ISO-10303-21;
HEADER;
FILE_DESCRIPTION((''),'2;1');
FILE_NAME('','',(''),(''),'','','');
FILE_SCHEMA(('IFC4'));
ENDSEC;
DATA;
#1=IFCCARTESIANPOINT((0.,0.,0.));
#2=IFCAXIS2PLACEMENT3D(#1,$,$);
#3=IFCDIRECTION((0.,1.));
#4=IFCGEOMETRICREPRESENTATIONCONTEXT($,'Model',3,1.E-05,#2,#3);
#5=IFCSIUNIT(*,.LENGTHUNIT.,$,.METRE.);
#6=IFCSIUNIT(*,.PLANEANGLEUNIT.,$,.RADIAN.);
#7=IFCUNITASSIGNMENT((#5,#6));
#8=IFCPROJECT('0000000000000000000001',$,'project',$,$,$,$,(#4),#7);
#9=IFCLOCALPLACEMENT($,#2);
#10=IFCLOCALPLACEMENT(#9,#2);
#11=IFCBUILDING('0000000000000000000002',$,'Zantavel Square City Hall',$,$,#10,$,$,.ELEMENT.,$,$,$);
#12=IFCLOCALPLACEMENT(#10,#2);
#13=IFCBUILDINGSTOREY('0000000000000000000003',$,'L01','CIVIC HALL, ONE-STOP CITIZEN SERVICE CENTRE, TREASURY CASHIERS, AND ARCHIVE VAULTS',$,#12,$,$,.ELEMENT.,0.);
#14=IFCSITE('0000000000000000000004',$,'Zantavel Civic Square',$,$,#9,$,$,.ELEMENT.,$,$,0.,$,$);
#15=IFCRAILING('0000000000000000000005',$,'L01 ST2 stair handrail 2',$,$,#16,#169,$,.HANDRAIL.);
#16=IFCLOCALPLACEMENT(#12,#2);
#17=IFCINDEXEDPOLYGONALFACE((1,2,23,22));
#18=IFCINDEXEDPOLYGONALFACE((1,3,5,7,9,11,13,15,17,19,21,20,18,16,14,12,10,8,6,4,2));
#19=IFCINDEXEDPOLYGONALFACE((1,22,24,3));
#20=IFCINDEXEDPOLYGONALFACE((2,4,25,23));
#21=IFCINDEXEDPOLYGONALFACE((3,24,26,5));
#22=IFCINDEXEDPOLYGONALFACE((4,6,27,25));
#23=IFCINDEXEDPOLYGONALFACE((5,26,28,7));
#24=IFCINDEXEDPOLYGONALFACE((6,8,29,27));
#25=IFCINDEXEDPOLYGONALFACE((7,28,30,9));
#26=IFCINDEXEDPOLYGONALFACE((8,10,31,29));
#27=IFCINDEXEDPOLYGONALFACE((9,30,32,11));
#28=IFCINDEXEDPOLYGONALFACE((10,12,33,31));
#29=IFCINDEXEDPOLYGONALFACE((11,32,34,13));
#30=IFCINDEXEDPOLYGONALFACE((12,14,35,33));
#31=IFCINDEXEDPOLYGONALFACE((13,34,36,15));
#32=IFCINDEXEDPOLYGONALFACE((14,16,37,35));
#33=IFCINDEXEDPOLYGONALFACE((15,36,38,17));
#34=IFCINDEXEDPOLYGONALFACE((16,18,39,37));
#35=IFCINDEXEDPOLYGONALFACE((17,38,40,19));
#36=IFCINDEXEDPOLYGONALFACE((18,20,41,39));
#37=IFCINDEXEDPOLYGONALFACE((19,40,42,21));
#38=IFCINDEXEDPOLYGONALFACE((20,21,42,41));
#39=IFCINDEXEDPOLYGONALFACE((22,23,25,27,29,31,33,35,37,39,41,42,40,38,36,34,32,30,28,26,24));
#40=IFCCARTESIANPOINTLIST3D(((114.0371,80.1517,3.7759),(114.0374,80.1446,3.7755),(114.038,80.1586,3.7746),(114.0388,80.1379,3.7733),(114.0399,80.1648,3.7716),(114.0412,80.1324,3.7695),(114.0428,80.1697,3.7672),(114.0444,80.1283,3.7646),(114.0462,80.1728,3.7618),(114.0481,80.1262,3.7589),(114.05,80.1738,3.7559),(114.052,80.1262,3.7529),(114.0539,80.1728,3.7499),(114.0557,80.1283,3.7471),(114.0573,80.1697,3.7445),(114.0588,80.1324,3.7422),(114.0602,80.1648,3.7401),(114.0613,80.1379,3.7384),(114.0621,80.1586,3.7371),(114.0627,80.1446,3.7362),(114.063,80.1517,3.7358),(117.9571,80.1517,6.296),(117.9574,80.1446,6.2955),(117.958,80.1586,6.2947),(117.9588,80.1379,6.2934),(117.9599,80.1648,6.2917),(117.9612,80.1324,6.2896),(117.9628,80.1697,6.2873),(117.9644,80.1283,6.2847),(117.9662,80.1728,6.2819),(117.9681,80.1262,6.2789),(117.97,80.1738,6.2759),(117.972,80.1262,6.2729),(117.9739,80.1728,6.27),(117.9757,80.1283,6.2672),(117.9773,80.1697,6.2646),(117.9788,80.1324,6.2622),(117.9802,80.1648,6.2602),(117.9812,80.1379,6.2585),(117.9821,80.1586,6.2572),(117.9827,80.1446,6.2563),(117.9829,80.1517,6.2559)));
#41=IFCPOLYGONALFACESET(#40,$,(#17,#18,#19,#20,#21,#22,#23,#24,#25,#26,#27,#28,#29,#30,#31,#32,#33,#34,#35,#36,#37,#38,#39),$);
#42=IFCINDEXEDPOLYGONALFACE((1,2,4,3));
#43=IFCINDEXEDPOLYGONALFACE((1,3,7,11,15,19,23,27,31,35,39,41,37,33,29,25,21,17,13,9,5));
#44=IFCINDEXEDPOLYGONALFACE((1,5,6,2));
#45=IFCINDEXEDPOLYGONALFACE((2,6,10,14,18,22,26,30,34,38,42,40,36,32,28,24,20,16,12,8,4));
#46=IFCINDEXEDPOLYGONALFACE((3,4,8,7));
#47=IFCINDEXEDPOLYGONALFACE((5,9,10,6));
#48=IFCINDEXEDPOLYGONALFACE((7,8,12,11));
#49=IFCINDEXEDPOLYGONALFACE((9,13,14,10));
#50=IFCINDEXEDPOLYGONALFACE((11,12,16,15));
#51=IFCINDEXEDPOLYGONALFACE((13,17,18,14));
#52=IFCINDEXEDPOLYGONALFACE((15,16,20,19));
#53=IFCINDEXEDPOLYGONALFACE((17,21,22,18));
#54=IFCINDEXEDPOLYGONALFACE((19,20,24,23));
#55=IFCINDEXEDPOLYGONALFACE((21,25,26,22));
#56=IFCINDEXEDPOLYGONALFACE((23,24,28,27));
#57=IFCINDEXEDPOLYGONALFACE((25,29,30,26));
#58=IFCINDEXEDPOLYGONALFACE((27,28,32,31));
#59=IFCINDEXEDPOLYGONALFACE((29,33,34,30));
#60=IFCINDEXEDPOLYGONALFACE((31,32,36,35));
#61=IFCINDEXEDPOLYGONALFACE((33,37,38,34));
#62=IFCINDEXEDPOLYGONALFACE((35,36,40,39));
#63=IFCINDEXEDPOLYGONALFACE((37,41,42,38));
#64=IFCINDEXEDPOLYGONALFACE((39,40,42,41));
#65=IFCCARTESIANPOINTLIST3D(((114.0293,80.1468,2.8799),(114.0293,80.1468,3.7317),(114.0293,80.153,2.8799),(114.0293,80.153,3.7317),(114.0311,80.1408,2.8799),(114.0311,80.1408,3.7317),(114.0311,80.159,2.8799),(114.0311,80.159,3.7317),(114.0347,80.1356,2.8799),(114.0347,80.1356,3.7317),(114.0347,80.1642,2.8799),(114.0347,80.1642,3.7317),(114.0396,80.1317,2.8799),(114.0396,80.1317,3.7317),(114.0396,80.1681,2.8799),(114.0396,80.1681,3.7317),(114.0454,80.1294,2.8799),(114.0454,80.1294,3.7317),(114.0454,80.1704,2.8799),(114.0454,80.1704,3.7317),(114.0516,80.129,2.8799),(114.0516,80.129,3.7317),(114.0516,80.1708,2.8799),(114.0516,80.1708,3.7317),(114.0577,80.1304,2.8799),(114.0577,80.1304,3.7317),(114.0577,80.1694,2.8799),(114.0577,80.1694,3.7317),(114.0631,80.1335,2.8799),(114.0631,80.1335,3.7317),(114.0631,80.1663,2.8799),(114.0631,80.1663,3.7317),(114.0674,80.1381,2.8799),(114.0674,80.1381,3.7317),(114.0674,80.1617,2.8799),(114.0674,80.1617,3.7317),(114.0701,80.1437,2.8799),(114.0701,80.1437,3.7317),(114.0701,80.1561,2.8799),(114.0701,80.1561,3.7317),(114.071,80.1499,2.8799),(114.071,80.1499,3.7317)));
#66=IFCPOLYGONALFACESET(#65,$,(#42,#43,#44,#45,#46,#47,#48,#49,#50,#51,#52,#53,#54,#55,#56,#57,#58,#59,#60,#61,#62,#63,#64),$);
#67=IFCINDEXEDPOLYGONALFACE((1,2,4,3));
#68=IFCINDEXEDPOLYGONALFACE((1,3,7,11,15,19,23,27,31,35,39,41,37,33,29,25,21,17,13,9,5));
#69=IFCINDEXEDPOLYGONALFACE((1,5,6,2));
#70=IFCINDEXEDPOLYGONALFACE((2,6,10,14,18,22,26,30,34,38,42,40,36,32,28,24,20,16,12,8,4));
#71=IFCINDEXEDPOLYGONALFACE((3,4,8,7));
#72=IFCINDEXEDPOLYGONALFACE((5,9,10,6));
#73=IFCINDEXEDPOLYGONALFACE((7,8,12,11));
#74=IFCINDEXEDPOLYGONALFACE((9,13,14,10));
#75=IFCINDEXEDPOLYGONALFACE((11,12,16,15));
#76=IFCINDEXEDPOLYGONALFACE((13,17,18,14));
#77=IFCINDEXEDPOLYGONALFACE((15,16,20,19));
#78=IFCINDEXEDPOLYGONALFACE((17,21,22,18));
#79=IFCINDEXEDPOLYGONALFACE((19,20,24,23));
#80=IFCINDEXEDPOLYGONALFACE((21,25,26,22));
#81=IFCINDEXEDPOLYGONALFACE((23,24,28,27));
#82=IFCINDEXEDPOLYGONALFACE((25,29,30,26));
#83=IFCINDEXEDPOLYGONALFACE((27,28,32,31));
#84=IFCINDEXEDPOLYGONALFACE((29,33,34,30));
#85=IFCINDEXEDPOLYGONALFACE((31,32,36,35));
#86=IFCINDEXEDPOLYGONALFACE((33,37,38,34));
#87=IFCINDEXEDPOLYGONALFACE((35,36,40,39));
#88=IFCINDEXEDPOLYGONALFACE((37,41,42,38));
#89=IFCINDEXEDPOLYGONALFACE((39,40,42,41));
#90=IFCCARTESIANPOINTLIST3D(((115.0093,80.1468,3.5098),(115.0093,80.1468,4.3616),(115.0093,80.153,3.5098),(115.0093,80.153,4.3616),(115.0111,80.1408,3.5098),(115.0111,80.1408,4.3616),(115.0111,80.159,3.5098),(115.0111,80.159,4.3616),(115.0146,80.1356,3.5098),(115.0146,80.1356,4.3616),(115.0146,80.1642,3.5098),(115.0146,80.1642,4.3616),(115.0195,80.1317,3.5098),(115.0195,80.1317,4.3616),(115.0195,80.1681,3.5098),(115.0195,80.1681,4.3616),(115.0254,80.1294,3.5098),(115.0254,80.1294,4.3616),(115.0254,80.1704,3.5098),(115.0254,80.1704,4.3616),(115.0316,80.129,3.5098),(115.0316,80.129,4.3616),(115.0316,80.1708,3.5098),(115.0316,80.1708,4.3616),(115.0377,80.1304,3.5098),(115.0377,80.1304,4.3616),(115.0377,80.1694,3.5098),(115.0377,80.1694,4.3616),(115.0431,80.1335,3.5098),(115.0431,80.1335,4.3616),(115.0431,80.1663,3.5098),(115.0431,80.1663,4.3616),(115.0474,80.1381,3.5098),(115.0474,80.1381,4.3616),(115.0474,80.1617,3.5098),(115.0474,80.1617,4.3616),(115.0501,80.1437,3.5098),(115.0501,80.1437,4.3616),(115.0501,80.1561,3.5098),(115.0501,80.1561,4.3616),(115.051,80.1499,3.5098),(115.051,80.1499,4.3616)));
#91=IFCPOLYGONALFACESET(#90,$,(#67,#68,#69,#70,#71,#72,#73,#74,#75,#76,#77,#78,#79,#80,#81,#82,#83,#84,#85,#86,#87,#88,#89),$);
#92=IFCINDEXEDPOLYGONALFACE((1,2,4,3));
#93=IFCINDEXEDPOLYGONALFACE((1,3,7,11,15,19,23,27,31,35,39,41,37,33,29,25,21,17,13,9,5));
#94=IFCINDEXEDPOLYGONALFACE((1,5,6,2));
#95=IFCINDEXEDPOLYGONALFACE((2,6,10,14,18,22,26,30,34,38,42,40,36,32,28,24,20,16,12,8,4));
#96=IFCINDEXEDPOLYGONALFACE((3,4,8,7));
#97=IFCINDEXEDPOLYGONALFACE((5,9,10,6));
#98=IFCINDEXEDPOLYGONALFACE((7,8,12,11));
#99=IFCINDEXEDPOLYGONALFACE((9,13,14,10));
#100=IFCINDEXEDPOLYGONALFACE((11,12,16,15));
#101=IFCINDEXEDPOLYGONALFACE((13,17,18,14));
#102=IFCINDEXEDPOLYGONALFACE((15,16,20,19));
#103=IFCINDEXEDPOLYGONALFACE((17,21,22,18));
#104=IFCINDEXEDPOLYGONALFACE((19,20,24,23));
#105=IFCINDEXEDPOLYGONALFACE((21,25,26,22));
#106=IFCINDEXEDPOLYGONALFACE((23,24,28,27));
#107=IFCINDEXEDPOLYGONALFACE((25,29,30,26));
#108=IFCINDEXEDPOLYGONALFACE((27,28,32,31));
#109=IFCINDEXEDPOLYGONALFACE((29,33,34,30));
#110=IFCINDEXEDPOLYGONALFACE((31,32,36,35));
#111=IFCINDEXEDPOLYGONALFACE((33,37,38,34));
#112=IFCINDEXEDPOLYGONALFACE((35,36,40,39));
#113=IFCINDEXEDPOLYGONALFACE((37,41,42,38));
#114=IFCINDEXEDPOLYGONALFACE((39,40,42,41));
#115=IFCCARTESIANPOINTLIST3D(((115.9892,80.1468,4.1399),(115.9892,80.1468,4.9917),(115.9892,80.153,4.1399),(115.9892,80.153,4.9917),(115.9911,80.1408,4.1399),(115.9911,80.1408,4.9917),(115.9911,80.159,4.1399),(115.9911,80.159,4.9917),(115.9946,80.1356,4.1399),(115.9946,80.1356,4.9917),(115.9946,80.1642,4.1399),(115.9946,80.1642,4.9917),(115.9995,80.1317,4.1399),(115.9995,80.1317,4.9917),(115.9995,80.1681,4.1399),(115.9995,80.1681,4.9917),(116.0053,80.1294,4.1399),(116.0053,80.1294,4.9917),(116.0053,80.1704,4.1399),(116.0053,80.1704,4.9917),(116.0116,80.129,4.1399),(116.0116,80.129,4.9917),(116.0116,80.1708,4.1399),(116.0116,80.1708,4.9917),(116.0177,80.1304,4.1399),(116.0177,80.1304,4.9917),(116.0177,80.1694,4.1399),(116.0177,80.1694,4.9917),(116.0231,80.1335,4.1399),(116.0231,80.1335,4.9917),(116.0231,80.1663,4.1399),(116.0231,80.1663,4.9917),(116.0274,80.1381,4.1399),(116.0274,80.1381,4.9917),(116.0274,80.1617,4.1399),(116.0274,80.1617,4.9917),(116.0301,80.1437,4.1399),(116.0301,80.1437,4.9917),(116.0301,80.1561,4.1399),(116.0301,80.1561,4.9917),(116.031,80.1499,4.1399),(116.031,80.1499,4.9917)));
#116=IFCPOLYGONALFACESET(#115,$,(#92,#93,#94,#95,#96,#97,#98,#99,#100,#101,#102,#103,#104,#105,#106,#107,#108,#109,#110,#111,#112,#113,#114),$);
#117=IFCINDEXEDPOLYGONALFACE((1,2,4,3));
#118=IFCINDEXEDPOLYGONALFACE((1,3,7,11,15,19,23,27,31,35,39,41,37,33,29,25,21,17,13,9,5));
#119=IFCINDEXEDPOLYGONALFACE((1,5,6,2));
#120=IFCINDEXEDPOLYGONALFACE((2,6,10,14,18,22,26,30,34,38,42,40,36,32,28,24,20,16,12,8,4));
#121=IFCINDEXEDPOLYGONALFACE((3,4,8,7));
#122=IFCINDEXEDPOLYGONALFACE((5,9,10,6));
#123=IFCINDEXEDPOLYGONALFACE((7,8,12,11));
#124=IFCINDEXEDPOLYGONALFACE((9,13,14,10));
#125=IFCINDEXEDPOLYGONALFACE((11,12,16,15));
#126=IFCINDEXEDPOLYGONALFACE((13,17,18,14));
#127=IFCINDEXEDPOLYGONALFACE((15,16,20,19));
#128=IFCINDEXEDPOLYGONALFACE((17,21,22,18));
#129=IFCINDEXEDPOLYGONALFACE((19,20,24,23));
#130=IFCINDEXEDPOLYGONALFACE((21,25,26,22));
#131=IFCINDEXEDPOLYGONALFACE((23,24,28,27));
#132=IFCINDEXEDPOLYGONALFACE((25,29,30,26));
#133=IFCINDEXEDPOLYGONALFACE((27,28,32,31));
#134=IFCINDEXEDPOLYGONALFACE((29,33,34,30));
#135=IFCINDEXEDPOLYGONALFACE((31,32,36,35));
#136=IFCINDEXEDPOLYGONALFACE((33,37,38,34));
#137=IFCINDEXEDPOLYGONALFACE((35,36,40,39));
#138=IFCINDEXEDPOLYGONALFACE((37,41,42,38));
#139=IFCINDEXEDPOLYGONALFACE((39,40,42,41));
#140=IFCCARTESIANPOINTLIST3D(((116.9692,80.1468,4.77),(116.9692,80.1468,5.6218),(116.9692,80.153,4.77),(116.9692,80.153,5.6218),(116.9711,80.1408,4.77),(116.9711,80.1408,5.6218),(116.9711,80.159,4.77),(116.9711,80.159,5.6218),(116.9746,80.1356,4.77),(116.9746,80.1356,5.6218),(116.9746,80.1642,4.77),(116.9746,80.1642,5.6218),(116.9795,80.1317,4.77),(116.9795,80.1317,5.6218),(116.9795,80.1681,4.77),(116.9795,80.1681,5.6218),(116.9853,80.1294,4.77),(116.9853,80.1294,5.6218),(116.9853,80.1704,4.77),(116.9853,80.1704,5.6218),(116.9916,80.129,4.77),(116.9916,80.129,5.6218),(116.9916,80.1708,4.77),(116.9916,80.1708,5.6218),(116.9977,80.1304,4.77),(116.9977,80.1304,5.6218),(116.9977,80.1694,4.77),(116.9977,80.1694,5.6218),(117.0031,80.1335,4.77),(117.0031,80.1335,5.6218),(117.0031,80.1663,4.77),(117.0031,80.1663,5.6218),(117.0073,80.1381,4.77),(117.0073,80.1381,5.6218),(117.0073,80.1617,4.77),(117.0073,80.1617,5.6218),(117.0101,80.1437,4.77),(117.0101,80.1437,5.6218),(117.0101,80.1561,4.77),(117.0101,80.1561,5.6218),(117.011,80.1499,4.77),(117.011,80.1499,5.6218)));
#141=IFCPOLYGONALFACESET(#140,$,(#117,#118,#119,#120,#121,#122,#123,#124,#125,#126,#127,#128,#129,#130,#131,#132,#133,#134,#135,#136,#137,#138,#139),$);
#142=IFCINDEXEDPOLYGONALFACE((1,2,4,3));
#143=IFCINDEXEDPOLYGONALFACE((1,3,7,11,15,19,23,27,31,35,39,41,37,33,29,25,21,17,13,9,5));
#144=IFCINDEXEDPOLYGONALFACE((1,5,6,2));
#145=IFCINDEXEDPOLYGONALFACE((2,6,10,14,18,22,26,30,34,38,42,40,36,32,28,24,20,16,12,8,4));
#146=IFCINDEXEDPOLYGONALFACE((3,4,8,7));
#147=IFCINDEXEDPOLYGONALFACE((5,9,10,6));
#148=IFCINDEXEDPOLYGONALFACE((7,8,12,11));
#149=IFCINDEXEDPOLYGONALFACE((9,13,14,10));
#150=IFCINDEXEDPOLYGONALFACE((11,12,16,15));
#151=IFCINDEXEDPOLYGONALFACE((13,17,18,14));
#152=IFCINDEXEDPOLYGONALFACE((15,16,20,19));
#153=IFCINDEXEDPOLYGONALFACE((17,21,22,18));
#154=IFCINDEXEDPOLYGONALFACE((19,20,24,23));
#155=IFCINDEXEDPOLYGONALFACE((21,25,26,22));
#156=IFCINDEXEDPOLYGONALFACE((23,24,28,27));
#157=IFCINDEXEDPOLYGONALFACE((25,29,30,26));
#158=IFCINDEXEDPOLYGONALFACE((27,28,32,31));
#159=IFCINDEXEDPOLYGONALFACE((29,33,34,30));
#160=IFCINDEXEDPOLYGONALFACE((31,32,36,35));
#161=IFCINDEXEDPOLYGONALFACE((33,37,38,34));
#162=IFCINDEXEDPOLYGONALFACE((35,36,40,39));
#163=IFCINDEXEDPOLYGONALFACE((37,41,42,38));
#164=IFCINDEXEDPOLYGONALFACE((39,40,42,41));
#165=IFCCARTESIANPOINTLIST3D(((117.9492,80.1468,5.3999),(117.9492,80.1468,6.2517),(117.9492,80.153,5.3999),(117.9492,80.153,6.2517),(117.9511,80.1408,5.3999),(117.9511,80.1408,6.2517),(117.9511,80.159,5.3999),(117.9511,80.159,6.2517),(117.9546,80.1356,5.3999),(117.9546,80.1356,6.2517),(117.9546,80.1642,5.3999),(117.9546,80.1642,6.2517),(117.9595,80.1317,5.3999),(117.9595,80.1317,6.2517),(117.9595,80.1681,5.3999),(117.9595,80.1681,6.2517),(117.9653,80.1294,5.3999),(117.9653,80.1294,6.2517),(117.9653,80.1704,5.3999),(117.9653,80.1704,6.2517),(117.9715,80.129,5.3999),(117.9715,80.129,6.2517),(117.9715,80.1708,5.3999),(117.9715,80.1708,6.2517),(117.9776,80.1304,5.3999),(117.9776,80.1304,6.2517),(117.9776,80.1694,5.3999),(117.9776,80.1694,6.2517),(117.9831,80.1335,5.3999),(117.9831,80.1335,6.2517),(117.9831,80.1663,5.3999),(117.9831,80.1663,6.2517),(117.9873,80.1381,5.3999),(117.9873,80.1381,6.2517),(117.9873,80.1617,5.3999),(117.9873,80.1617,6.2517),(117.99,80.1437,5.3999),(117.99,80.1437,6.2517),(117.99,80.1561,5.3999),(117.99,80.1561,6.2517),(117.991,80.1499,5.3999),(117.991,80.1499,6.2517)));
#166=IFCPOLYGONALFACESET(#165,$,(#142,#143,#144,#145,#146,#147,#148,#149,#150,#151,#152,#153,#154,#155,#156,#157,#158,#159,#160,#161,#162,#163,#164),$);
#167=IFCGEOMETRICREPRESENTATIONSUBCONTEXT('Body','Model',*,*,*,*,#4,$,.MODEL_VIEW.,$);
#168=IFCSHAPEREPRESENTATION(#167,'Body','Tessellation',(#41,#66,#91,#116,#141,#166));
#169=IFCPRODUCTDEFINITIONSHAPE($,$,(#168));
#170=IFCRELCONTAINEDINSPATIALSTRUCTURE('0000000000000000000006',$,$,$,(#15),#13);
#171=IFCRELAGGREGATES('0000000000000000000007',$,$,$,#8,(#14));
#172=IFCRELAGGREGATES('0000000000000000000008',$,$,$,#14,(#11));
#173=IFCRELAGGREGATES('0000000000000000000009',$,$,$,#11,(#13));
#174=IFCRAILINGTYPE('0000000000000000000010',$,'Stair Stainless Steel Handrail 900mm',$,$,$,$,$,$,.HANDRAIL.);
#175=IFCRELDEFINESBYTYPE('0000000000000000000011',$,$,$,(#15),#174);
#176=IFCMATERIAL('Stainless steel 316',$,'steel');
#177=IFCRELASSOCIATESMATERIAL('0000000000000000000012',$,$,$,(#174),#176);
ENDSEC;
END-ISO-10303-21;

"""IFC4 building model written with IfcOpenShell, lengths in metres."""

from ifc_helpers import new_model, si_unit, direction, frame, origin, origin_2d, place, context, subcontext, project, spatial, circle, extrude, material, type_object, element, save


model = new_model("IFC4")

# Units and contexts
model_context = context("Model", 3, precision=1e-05, world=origin(), true_north=direction((0.0, 1.0)))
body_context = subcontext(model_context, "Body", "Model", "MODEL_VIEW")
ifc_project = project(units=[si_unit("LENGTHUNIT", "METRE"), si_unit("PLANEANGLEUNIT", "RADIAN")], contexts=[model_context])

# Site, building, storey
site_placement = place(None, origin())
site = spatial("IfcSite", under=ifc_project, at=site_placement, Name="Zantavel Civic Square", CompositionType="ELEMENT", RefElevation=0.0)
building_placement = place(site_placement, origin())
building = spatial("IfcBuilding", under=site, at=building_placement, Name="Zantavel Square City Hall", CompositionType="ELEMENT")
storey_placement = place(building_placement, origin())
storey = spatial("IfcBuildingStorey", under=building, at=storey_placement, Name="L01", Description="CIVIC HALL, ONE-STOP CITIZEN SERVICE CENTRE, TREASURY CASHIERS, AND ARCHIVE VAULTS", CompositionType="ELEMENT", Elevation=0.0)

# Railing
ifc_material_1 = material(Name="Stainless steel 316", Category="steel")
railing_type_1 = type_object("IfcRailingType", Name="Stair Stainless Steel Handrail 900mm", PredefinedType="HANDRAIL", material=ifc_material_1)
railing_1_placement = place(storey_placement, frame((114.05, 80.1499, 2.8799)))
element("IfcRailing", 1, at=railing_1_placement, inside=storey, type_object=railing_type_1, Name="L01 ST2 stair handrail 2", PredefinedType="HANDRAIL", context=body_context, shape_type="SweptSolid", body=[
    extrude(circle(Radius=0.0239, at=origin_2d()), frame((0.0, 0.0, 0.876), z_axis=(0.841172, 0.0, 0.540768), x_axis=(0.0, 1.0, 0.0)), (0.0, 0.0, 1.0), 4.6602),
    extrude(circle(Radius=0.021, at=origin_2d()), origin(), (0.0, 0.0, 1.0), 0.8518),
    extrude(circle(Radius=0.021, at=origin_2d()), frame((0.98, 0.0, 0.6299)), (0.0, 0.0, 1.0), 0.8518),
    extrude(circle(Radius=0.021, at=origin_2d()), frame((1.96, 0.0, 1.26)), (0.0, 0.0, 1.0), 0.8518),
    extrude(circle(Radius=0.021, at=origin_2d()), frame((2.9399, 0.0, 1.8901)), (0.0, 0.0, 1.0), 0.8518),
    extrude(circle(Radius=0.021, at=origin_2d()), frame((3.9199, 0.0, 2.52)), (0.0, 0.0, 1.0), 0.8518),
])

save(model, "model.ifc")
